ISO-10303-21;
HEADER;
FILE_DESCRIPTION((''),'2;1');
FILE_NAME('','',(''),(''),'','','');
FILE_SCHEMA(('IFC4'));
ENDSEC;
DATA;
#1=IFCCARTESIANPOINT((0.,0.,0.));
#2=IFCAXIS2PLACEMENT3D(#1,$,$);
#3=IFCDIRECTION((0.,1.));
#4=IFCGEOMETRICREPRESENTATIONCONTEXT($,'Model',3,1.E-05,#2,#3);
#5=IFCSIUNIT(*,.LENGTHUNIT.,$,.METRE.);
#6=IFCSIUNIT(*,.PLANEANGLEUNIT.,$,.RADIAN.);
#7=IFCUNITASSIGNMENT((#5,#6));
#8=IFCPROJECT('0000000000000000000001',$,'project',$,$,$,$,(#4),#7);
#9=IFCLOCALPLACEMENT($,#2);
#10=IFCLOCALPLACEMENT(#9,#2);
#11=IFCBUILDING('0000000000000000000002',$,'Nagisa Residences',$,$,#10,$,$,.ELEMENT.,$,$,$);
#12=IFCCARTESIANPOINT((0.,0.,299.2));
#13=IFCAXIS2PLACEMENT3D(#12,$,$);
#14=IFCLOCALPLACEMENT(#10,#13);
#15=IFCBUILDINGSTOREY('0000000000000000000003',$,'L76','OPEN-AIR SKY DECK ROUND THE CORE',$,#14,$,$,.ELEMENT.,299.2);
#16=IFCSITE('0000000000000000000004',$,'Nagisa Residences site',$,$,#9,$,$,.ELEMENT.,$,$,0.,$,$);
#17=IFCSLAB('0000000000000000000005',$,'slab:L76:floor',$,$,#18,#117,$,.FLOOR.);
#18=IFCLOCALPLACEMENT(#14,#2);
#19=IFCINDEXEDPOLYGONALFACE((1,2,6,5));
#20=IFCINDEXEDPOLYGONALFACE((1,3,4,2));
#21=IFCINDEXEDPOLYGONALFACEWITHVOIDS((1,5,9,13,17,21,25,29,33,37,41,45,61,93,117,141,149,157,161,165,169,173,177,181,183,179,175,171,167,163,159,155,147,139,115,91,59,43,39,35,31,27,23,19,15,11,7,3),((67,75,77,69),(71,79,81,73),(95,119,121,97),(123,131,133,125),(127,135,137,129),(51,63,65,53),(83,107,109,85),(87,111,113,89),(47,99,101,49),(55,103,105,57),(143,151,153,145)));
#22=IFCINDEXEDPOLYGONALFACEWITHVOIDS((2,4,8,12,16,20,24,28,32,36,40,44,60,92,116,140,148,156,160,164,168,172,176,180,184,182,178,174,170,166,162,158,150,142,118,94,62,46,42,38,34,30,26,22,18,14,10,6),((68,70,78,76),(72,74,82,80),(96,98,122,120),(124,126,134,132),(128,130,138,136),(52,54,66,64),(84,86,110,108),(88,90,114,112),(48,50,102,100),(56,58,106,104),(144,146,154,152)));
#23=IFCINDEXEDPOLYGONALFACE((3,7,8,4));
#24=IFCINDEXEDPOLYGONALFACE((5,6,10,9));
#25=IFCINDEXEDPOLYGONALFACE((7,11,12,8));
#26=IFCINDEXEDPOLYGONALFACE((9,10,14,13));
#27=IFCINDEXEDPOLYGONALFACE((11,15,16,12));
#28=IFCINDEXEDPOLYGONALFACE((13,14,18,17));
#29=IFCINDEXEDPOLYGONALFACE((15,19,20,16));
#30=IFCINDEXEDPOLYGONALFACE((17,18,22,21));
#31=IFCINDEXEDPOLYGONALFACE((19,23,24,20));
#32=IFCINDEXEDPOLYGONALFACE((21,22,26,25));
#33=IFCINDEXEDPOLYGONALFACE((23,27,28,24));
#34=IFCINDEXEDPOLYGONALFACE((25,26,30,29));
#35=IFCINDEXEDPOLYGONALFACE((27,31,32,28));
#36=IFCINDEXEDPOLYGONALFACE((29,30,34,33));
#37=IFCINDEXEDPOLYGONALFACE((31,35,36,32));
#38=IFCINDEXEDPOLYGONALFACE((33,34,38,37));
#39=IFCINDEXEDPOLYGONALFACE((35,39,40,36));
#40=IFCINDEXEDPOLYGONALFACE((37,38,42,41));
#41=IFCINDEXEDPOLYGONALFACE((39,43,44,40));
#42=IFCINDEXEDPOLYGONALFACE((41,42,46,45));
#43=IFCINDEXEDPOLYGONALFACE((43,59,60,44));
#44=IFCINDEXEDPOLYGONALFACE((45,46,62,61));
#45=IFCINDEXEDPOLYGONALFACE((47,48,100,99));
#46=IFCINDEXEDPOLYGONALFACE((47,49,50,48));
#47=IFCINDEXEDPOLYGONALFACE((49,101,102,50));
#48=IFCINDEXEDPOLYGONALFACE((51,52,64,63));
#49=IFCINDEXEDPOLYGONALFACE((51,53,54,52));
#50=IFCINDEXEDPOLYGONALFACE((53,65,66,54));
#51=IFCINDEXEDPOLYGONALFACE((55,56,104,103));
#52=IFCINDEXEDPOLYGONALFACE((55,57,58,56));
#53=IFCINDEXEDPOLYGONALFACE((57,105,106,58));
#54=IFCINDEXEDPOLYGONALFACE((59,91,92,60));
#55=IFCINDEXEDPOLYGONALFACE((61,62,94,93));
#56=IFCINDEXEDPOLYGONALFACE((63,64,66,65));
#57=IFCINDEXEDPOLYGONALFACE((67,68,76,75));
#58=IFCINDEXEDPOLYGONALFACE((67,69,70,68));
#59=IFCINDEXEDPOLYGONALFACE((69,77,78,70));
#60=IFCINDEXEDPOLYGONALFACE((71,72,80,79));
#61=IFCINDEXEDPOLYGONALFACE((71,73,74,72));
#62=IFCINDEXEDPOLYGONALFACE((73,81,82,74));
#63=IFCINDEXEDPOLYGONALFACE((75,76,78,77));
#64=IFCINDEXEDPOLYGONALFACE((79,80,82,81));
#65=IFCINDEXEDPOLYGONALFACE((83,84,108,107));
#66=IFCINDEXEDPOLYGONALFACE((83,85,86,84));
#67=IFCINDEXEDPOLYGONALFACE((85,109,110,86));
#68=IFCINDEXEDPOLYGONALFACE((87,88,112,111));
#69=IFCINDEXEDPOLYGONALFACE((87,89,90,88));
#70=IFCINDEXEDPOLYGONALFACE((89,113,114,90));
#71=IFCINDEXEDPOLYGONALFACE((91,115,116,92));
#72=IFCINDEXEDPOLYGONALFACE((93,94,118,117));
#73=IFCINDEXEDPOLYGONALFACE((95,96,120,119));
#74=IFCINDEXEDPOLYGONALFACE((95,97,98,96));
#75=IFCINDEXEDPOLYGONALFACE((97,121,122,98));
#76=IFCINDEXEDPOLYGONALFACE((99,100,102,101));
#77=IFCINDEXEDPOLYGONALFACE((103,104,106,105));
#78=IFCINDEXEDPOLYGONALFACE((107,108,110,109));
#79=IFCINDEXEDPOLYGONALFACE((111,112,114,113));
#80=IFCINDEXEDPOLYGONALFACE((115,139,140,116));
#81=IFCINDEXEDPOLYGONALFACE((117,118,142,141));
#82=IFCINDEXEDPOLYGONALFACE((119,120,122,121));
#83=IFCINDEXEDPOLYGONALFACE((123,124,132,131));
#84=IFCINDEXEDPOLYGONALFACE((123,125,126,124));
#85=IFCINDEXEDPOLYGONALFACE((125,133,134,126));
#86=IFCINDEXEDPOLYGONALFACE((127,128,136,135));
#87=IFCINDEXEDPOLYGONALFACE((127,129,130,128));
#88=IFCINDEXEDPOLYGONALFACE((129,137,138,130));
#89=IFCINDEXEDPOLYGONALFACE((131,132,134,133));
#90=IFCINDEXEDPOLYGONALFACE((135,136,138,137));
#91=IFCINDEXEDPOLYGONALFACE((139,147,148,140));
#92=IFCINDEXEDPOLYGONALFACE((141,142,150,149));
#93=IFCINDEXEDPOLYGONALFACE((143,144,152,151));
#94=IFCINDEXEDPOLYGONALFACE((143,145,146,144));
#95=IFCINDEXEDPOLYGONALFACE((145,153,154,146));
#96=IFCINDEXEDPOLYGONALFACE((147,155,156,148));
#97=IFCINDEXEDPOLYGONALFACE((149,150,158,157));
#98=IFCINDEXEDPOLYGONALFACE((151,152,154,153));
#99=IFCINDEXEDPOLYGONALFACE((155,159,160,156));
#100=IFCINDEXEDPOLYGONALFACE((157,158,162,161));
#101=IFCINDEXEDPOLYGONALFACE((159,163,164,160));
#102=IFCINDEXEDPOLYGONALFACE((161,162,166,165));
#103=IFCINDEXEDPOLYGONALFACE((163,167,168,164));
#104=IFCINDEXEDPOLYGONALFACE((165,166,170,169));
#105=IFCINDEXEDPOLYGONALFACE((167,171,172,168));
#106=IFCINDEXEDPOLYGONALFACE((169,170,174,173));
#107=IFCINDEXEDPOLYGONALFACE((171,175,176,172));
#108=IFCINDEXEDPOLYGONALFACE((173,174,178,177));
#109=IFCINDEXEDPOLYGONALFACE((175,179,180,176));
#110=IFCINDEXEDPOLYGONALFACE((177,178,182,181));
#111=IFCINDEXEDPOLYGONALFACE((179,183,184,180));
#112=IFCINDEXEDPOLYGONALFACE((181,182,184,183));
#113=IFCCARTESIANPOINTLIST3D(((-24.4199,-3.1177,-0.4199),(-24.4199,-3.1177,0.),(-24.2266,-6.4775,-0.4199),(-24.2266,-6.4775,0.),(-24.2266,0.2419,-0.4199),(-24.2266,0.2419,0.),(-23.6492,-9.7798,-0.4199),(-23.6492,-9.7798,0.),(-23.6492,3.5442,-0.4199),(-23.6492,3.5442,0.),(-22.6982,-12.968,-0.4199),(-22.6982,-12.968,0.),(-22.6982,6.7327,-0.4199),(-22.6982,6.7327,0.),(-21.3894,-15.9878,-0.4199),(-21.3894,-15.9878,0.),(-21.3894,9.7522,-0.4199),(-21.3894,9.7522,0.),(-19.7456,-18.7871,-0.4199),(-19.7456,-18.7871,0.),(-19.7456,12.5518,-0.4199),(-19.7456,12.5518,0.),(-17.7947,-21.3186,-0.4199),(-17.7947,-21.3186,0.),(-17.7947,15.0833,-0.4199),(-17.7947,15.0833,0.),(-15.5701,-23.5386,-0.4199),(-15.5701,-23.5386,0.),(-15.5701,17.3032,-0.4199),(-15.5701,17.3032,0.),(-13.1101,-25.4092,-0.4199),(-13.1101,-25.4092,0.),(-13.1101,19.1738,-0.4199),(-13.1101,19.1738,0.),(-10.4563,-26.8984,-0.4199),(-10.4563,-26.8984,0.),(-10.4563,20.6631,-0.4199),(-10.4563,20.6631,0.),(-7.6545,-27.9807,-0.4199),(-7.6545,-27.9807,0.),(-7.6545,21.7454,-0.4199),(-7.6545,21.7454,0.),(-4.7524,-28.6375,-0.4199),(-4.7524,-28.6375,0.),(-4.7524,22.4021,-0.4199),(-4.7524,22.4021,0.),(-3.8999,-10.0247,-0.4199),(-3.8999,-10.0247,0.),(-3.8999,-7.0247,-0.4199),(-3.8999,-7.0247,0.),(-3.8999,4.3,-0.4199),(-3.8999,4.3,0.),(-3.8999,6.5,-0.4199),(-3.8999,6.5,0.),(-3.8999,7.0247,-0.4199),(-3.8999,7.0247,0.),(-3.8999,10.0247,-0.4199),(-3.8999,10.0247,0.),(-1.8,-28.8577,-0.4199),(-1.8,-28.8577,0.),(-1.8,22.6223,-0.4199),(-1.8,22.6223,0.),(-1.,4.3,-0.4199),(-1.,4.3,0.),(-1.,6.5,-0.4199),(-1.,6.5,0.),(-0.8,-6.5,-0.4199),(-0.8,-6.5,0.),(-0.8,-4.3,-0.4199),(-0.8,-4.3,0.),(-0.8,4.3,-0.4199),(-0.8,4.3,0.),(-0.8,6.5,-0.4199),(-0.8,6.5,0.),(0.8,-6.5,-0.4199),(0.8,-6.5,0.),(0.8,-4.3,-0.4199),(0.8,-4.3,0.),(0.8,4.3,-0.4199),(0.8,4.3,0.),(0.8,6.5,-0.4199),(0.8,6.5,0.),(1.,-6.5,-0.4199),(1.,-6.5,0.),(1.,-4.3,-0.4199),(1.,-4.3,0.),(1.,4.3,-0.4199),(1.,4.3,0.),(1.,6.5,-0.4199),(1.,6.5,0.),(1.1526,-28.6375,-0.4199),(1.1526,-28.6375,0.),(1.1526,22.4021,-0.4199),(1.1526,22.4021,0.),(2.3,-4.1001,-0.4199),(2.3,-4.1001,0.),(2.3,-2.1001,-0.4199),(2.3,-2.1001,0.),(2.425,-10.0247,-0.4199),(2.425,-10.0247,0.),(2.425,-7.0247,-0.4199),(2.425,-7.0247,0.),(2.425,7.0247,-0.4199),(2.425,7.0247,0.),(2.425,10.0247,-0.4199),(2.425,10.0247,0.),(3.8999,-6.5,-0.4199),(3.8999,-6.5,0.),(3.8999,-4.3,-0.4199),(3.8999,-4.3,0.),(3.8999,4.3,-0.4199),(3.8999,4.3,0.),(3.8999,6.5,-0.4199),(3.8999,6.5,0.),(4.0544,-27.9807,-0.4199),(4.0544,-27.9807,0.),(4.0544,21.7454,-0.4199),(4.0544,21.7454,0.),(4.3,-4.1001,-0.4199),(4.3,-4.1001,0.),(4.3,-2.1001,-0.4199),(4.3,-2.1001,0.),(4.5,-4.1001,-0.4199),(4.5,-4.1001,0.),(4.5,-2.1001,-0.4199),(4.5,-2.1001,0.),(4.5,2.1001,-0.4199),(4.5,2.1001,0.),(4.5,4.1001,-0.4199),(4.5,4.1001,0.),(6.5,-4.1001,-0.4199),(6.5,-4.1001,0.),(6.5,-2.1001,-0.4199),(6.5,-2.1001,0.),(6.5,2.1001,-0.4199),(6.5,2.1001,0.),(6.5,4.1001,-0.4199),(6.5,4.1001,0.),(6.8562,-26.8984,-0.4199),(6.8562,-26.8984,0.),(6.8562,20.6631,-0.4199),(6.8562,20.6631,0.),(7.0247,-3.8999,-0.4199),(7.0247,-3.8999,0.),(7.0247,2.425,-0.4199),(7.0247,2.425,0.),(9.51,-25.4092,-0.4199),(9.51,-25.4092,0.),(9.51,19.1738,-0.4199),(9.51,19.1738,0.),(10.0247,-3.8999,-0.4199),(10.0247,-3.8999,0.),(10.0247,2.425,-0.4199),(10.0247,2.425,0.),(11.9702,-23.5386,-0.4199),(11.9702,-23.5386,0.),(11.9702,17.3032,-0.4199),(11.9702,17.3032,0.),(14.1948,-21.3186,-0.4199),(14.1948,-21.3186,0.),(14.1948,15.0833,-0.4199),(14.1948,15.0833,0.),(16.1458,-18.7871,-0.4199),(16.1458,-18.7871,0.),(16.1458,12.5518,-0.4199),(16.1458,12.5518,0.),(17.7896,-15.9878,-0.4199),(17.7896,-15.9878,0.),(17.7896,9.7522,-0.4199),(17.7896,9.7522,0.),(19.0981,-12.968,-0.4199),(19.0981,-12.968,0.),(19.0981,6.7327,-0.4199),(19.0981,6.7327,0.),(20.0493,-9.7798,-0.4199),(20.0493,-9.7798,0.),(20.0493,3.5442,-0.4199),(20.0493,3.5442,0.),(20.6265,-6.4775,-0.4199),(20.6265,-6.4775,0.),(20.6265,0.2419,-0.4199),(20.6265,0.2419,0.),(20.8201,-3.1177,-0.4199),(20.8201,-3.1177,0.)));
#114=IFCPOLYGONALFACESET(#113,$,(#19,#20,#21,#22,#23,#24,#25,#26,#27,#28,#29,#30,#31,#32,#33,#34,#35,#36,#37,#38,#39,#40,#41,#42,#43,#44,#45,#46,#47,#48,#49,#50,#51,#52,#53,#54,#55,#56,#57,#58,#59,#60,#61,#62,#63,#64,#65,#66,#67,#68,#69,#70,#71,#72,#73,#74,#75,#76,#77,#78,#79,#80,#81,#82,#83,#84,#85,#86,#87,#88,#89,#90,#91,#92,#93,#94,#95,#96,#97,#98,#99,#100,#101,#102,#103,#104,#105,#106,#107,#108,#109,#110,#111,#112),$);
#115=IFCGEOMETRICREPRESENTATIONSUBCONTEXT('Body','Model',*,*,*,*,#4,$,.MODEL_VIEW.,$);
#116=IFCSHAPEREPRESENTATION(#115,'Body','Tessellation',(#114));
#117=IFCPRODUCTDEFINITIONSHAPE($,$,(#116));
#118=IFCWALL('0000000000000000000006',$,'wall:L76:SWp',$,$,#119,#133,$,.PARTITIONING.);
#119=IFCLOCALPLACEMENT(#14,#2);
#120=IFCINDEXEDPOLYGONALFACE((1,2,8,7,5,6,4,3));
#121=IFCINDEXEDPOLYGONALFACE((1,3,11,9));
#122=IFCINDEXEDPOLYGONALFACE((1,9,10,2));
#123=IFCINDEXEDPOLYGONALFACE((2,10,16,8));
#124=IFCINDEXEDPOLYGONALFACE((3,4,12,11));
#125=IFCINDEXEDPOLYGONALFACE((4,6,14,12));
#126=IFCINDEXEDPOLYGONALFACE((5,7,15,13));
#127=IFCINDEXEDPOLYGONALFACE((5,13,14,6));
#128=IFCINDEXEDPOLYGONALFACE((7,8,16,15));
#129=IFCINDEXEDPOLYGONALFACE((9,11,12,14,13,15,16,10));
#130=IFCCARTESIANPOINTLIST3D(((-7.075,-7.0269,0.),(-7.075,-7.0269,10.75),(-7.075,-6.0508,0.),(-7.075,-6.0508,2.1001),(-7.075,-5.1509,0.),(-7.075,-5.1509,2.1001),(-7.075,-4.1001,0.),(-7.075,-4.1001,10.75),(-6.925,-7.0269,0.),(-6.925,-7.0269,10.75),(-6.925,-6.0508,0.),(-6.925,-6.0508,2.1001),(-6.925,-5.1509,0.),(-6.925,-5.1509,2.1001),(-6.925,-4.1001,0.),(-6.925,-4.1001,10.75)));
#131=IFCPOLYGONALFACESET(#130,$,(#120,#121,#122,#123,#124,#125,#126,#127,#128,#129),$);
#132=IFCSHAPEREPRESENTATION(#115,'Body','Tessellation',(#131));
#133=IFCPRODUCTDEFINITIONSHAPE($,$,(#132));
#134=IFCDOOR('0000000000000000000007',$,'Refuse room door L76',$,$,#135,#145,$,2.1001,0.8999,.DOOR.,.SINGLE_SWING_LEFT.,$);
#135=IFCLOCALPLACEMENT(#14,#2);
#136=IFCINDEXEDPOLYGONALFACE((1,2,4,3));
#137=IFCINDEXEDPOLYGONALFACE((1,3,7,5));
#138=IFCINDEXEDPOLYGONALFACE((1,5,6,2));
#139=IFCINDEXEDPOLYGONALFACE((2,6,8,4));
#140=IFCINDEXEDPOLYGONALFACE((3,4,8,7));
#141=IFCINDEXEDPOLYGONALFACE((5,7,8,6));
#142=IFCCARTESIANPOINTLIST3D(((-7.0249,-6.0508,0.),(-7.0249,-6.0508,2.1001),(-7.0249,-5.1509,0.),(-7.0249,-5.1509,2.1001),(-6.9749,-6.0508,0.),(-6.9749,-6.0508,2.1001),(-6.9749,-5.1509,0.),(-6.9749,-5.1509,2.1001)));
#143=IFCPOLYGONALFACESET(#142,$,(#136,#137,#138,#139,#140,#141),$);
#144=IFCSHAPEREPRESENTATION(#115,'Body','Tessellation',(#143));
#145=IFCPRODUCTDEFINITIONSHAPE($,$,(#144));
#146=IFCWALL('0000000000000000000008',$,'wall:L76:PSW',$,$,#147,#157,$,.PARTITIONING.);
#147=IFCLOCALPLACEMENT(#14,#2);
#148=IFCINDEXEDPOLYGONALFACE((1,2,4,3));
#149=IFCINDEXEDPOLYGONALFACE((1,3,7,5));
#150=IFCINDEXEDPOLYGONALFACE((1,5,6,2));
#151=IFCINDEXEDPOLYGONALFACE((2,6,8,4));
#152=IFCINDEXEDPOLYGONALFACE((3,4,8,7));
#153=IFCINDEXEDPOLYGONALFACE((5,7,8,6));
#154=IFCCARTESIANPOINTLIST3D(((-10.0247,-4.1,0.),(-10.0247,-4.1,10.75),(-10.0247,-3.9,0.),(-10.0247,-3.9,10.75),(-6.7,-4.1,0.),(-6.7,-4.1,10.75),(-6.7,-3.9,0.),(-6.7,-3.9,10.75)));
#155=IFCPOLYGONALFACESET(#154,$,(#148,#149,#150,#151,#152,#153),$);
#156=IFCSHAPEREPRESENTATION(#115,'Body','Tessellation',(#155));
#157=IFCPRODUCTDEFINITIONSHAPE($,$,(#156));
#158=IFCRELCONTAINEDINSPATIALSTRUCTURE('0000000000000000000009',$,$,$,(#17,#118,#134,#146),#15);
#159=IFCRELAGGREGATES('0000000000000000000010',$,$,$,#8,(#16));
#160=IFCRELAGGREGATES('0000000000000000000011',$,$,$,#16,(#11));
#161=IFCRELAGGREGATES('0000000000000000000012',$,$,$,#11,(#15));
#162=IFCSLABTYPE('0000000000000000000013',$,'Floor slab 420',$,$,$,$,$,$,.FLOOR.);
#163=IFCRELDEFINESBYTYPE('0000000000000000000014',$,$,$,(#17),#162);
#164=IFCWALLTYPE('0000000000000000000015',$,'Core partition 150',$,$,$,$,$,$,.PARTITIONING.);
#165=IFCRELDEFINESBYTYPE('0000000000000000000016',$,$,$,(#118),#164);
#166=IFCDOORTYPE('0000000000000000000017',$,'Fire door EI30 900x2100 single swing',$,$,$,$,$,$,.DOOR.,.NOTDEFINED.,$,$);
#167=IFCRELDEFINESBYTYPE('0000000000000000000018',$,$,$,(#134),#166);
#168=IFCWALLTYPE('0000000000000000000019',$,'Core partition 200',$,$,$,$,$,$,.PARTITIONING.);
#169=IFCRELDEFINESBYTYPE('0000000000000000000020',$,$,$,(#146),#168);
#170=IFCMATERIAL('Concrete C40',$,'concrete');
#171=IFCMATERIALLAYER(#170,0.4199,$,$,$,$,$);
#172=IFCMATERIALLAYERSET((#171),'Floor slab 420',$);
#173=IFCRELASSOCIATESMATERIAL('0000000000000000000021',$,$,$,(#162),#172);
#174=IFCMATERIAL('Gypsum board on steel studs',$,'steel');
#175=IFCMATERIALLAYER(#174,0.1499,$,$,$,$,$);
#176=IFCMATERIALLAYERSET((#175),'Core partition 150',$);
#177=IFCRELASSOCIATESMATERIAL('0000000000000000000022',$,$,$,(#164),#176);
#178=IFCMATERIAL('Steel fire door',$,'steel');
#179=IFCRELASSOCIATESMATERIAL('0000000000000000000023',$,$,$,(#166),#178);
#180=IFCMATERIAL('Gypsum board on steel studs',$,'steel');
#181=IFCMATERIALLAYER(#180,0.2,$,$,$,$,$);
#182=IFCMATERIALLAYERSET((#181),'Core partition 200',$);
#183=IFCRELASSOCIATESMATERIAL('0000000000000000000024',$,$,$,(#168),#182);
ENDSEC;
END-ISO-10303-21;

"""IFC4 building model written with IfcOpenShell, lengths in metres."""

from ifc_helpers import new_model, si_unit, direction, frame, frame_2d, origin, place, context, subcontext, project, spatial, polyline, rectangle, outline, extrude, material, layer, layer_set, type_object, element, fill, save


model = new_model("IFC4")

# Units and contexts
model_context = context("Model", 3, precision=1e-05, world=origin(), true_north=direction((0.0, 1.0)))
body_context = subcontext(model_context, "Body", "Model", "MODEL_VIEW")
ifc_project = project(units=[si_unit("LENGTHUNIT", "METRE"), si_unit("PLANEANGLEUNIT", "RADIAN")], contexts=[model_context])

# Site, building, storey
site_placement = place(None, origin())
site = spatial("IfcSite", under=ifc_project, at=site_placement, Name="Nagisa Residences site", CompositionType="ELEMENT", RefElevation=0.0)
building_placement = place(site_placement, origin())
building = spatial("IfcBuilding", under=site, at=building_placement, Name="Nagisa Residences", CompositionType="ELEMENT")
storey_placement = place(building_placement, frame((0.0, 0.0, 299.2)))
storey = spatial("IfcBuildingStorey", under=building, at=storey_placement, Name="L76", Description="OPEN-AIR SKY DECK ROUND THE CORE", CompositionType="ELEMENT", Elevation=299.2)

# Slab
ifc_material_1 = material(Name="Concrete C40", Category="concrete")
ifc_layer_1 = layer(ifc_material_1, 0.4199)
ifc_layer_set_1 = layer_set([ifc_layer_1], Name="Floor slab 420")
slab_type = type_object("IfcSlabType", Name="Floor slab 420", PredefinedType="FLOOR", material=ifc_layer_set_1)
slab_placement = place(storey_placement, frame((0.0, 0.0, -0.4199)))
element("IfcSlab", 1, at=slab_placement, inside=storey, type_object=slab_type, Name="slab:L76:floor", PredefinedType="FLOOR", context=body_context, shape_type="SweptSolid", body=[
    extrude(outline(polyline([(20.8201, -3.1177), (20.6265, 0.2419), (20.0493, 3.5442), (19.0981, 6.7327), (17.7896, 9.7522), (16.1458, 12.5518), (14.1948, 15.0833), (11.9702, 17.3032), (9.51, 19.1738), (6.8562, 20.6631), (4.0544, 21.7454), (1.1526, 22.4021), (-1.8, 22.6223), (-4.7524, 22.4021), (-7.6545, 21.7454), (-10.4563, 20.6631), (-13.1101, 19.1738), (-15.5701, 17.3032), (-17.7947, 15.0833), (-19.7456, 12.5518), (-21.3894, 9.7522), (-22.6982, 6.7327), (-23.6492, 3.5442), (-24.2266, 0.2419), (-24.4199, -3.1177), (-24.2266, -6.4775), (-23.6492, -9.7798), (-22.6982, -12.968), (-21.3894, -15.9878), (-19.7456, -18.7871), (-17.7947, -21.3186), (-15.5701, -23.5386), (-13.1101, -25.4092), (-10.4563, -26.8984), (-7.6545, -27.9807), (-4.7524, -28.6375), (-1.8, -28.8577), (1.1526, -28.6375), (4.0544, -27.9807), (6.8562, -26.8984), (9.51, -25.4092), (11.9702, -23.5386), (14.1948, -21.3186), (16.1458, -18.7871), (17.7896, -15.9878), (19.0981, -12.968), (20.0493, -9.7798), (20.6265, -6.4775), (20.8201, -3.1177)]), holes=[polyline([(6.5, 2.1001), (6.5, 4.1001), (4.5, 4.1001), (4.5, 2.1001), (6.5, 2.1001)]), polyline([(4.3, -4.1001), (4.3, -2.1001), (2.3, -2.1001), (2.3, -4.1001), (4.3, -4.1001)]), polyline([(6.5, -4.1001), (6.5, -2.1001), (4.5, -2.1001), (4.5, -4.1001), (6.5, -4.1001)]), polyline([(3.8999, 4.3), (3.8999, 6.5), (1.0, 6.5), (1.0, 4.3), (3.8999, 4.3)]), polyline([(3.8999, -6.5), (3.8999, -4.3), (1.0, -4.3), (1.0, -6.5), (3.8999, -6.5)]), polyline([(-1.0, 4.3), (-1.0, 6.5), (-3.8999, 6.5), (-3.8999, 4.3), (-1.0, 4.3)]), polyline([(0.8, 4.3), (0.8, 6.5), (-0.8, 6.5), (-0.8, 4.3), (0.8, 4.3)]), polyline([(0.8, -6.5), (0.8, -4.3), (-0.8, -4.3), (-0.8, -6.5), (0.8, -6.5)]), polyline([(10.0247, -3.8999), (7.0247, -3.8999), (7.0247, 2.425), (10.0247, 2.425), (10.0247, -3.8999)]), polyline([(-3.8999, 7.0247), (-3.8999, 10.0247), (2.425, 10.0247), (2.425, 7.0247), (-3.8999, 7.0247)]), polyline([(-3.8999, -10.0247), (-3.8999, -7.0247), (2.425, -7.0247), (2.425, -10.0247), (-3.8999, -10.0247)])]), origin(), (0.0, 0.0, 1.0), 0.4199),
])

# Wall, opening, door
ifc_material_2 = material(Name="Gypsum board on steel studs", Category="steel")
ifc_layer_2 = layer(ifc_material_2, 0.1499)
ifc_layer_set_2 = layer_set([ifc_layer_2], Name="Core partition 150")
wall_type_1 = type_object("IfcWallType", Name="Core partition 150", PredefinedType="PARTITIONING", material=ifc_layer_set_2)
wall_1_placement = place(storey_placement, frame((-7.0, -7.0269, 0.0), z_axis=(0.0, 0.0, 1.0), x_axis=(0.0, 1.0, 0.0)))
wall_1 = element("IfcWall", 2, at=wall_1_placement, inside=storey, type_object=wall_type_1, Name="wall:L76:SWp", PredefinedType="PARTITIONING", context=body_context, shape_type="SweptSolid", body=[
    extrude(rectangle(XDim=2.9268, YDim=0.1499, at=frame_2d((1.4634, 0.0))), origin(), (0.0, 0.0, 1.0), 10.75),
])
opening_1_placement = place(wall_1_placement, frame((0.9761, 0.0, 0.0)))
opening_1 = element("IfcOpeningElement", 3, at=opening_1_placement, cuts=wall_1, PredefinedType="OPENING", context=body_context, shape_type="SweptSolid", body=[
    extrude(rectangle(XDim=0.8999, YDim=2.1001, at=frame_2d((0.45, 1.05))), frame((0.0, 0.085, 0.0), z_axis=(0.0, -1.0, 0.0), x_axis=(1.0, 0.0, 0.0)), (0.0, 0.0, 1.0), 0.1699),
])
ifc_material_3 = material(Name="Steel fire door", Category="steel")
door_type_1 = type_object("IfcDoorType", Name="Fire door EI30 900x2100 single swing", OperationType="NOTDEFINED", PredefinedType="DOOR", material=ifc_material_3)
door_1_placement = place(opening_1_placement, origin())
door_1 = element("IfcDoor", 4, at=door_1_placement, inside=storey, type_object=door_type_1, Name="Refuse room door L76", OperationType="SINGLE_SWING_LEFT", OverallHeight=2.1001, OverallWidth=0.8999, PredefinedType="DOOR", context=body_context, shape_type="SweptSolid", body=[
    extrude(rectangle(XDim=0.8999, YDim=2.1001, at=frame_2d((0.45, 1.05))), frame((0.0, 0.0249, 0.0), z_axis=(0.0, -1.0, 0.0), x_axis=(1.0, 0.0, 0.0)), (0.0, 0.0, 1.0), 0.05),
])
fill(opening_1, door_1)

# Wall
ifc_material_4 = material(Name="Gypsum board on steel studs", Category="steel")
ifc_layer_3 = layer(ifc_material_4, 0.2)
ifc_layer_set_3 = layer_set([ifc_layer_3], Name="Core partition 200")
wall_type_2 = type_object("IfcWallType", Name="Core partition 200", PredefinedType="PARTITIONING", material=ifc_layer_set_3)
wall_2_placement = place(storey_placement, frame((-10.0247, -4.0, 0.0), z_axis=(0.0, 0.0, 1.0), x_axis=(1.0, 0.0, 0.0)))
element("IfcWall", 5, at=wall_2_placement, inside=storey, type_object=wall_type_2, Name="wall:L76:PSW", PredefinedType="PARTITIONING", context=body_context, shape_type="SweptSolid", body=[
    extrude(rectangle(XDim=3.3247, YDim=0.2, at=frame_2d((1.6624, 0.0))), origin(), (0.0, 0.0, 1.0), 10.75),
])

save(model, "model.ifc")
